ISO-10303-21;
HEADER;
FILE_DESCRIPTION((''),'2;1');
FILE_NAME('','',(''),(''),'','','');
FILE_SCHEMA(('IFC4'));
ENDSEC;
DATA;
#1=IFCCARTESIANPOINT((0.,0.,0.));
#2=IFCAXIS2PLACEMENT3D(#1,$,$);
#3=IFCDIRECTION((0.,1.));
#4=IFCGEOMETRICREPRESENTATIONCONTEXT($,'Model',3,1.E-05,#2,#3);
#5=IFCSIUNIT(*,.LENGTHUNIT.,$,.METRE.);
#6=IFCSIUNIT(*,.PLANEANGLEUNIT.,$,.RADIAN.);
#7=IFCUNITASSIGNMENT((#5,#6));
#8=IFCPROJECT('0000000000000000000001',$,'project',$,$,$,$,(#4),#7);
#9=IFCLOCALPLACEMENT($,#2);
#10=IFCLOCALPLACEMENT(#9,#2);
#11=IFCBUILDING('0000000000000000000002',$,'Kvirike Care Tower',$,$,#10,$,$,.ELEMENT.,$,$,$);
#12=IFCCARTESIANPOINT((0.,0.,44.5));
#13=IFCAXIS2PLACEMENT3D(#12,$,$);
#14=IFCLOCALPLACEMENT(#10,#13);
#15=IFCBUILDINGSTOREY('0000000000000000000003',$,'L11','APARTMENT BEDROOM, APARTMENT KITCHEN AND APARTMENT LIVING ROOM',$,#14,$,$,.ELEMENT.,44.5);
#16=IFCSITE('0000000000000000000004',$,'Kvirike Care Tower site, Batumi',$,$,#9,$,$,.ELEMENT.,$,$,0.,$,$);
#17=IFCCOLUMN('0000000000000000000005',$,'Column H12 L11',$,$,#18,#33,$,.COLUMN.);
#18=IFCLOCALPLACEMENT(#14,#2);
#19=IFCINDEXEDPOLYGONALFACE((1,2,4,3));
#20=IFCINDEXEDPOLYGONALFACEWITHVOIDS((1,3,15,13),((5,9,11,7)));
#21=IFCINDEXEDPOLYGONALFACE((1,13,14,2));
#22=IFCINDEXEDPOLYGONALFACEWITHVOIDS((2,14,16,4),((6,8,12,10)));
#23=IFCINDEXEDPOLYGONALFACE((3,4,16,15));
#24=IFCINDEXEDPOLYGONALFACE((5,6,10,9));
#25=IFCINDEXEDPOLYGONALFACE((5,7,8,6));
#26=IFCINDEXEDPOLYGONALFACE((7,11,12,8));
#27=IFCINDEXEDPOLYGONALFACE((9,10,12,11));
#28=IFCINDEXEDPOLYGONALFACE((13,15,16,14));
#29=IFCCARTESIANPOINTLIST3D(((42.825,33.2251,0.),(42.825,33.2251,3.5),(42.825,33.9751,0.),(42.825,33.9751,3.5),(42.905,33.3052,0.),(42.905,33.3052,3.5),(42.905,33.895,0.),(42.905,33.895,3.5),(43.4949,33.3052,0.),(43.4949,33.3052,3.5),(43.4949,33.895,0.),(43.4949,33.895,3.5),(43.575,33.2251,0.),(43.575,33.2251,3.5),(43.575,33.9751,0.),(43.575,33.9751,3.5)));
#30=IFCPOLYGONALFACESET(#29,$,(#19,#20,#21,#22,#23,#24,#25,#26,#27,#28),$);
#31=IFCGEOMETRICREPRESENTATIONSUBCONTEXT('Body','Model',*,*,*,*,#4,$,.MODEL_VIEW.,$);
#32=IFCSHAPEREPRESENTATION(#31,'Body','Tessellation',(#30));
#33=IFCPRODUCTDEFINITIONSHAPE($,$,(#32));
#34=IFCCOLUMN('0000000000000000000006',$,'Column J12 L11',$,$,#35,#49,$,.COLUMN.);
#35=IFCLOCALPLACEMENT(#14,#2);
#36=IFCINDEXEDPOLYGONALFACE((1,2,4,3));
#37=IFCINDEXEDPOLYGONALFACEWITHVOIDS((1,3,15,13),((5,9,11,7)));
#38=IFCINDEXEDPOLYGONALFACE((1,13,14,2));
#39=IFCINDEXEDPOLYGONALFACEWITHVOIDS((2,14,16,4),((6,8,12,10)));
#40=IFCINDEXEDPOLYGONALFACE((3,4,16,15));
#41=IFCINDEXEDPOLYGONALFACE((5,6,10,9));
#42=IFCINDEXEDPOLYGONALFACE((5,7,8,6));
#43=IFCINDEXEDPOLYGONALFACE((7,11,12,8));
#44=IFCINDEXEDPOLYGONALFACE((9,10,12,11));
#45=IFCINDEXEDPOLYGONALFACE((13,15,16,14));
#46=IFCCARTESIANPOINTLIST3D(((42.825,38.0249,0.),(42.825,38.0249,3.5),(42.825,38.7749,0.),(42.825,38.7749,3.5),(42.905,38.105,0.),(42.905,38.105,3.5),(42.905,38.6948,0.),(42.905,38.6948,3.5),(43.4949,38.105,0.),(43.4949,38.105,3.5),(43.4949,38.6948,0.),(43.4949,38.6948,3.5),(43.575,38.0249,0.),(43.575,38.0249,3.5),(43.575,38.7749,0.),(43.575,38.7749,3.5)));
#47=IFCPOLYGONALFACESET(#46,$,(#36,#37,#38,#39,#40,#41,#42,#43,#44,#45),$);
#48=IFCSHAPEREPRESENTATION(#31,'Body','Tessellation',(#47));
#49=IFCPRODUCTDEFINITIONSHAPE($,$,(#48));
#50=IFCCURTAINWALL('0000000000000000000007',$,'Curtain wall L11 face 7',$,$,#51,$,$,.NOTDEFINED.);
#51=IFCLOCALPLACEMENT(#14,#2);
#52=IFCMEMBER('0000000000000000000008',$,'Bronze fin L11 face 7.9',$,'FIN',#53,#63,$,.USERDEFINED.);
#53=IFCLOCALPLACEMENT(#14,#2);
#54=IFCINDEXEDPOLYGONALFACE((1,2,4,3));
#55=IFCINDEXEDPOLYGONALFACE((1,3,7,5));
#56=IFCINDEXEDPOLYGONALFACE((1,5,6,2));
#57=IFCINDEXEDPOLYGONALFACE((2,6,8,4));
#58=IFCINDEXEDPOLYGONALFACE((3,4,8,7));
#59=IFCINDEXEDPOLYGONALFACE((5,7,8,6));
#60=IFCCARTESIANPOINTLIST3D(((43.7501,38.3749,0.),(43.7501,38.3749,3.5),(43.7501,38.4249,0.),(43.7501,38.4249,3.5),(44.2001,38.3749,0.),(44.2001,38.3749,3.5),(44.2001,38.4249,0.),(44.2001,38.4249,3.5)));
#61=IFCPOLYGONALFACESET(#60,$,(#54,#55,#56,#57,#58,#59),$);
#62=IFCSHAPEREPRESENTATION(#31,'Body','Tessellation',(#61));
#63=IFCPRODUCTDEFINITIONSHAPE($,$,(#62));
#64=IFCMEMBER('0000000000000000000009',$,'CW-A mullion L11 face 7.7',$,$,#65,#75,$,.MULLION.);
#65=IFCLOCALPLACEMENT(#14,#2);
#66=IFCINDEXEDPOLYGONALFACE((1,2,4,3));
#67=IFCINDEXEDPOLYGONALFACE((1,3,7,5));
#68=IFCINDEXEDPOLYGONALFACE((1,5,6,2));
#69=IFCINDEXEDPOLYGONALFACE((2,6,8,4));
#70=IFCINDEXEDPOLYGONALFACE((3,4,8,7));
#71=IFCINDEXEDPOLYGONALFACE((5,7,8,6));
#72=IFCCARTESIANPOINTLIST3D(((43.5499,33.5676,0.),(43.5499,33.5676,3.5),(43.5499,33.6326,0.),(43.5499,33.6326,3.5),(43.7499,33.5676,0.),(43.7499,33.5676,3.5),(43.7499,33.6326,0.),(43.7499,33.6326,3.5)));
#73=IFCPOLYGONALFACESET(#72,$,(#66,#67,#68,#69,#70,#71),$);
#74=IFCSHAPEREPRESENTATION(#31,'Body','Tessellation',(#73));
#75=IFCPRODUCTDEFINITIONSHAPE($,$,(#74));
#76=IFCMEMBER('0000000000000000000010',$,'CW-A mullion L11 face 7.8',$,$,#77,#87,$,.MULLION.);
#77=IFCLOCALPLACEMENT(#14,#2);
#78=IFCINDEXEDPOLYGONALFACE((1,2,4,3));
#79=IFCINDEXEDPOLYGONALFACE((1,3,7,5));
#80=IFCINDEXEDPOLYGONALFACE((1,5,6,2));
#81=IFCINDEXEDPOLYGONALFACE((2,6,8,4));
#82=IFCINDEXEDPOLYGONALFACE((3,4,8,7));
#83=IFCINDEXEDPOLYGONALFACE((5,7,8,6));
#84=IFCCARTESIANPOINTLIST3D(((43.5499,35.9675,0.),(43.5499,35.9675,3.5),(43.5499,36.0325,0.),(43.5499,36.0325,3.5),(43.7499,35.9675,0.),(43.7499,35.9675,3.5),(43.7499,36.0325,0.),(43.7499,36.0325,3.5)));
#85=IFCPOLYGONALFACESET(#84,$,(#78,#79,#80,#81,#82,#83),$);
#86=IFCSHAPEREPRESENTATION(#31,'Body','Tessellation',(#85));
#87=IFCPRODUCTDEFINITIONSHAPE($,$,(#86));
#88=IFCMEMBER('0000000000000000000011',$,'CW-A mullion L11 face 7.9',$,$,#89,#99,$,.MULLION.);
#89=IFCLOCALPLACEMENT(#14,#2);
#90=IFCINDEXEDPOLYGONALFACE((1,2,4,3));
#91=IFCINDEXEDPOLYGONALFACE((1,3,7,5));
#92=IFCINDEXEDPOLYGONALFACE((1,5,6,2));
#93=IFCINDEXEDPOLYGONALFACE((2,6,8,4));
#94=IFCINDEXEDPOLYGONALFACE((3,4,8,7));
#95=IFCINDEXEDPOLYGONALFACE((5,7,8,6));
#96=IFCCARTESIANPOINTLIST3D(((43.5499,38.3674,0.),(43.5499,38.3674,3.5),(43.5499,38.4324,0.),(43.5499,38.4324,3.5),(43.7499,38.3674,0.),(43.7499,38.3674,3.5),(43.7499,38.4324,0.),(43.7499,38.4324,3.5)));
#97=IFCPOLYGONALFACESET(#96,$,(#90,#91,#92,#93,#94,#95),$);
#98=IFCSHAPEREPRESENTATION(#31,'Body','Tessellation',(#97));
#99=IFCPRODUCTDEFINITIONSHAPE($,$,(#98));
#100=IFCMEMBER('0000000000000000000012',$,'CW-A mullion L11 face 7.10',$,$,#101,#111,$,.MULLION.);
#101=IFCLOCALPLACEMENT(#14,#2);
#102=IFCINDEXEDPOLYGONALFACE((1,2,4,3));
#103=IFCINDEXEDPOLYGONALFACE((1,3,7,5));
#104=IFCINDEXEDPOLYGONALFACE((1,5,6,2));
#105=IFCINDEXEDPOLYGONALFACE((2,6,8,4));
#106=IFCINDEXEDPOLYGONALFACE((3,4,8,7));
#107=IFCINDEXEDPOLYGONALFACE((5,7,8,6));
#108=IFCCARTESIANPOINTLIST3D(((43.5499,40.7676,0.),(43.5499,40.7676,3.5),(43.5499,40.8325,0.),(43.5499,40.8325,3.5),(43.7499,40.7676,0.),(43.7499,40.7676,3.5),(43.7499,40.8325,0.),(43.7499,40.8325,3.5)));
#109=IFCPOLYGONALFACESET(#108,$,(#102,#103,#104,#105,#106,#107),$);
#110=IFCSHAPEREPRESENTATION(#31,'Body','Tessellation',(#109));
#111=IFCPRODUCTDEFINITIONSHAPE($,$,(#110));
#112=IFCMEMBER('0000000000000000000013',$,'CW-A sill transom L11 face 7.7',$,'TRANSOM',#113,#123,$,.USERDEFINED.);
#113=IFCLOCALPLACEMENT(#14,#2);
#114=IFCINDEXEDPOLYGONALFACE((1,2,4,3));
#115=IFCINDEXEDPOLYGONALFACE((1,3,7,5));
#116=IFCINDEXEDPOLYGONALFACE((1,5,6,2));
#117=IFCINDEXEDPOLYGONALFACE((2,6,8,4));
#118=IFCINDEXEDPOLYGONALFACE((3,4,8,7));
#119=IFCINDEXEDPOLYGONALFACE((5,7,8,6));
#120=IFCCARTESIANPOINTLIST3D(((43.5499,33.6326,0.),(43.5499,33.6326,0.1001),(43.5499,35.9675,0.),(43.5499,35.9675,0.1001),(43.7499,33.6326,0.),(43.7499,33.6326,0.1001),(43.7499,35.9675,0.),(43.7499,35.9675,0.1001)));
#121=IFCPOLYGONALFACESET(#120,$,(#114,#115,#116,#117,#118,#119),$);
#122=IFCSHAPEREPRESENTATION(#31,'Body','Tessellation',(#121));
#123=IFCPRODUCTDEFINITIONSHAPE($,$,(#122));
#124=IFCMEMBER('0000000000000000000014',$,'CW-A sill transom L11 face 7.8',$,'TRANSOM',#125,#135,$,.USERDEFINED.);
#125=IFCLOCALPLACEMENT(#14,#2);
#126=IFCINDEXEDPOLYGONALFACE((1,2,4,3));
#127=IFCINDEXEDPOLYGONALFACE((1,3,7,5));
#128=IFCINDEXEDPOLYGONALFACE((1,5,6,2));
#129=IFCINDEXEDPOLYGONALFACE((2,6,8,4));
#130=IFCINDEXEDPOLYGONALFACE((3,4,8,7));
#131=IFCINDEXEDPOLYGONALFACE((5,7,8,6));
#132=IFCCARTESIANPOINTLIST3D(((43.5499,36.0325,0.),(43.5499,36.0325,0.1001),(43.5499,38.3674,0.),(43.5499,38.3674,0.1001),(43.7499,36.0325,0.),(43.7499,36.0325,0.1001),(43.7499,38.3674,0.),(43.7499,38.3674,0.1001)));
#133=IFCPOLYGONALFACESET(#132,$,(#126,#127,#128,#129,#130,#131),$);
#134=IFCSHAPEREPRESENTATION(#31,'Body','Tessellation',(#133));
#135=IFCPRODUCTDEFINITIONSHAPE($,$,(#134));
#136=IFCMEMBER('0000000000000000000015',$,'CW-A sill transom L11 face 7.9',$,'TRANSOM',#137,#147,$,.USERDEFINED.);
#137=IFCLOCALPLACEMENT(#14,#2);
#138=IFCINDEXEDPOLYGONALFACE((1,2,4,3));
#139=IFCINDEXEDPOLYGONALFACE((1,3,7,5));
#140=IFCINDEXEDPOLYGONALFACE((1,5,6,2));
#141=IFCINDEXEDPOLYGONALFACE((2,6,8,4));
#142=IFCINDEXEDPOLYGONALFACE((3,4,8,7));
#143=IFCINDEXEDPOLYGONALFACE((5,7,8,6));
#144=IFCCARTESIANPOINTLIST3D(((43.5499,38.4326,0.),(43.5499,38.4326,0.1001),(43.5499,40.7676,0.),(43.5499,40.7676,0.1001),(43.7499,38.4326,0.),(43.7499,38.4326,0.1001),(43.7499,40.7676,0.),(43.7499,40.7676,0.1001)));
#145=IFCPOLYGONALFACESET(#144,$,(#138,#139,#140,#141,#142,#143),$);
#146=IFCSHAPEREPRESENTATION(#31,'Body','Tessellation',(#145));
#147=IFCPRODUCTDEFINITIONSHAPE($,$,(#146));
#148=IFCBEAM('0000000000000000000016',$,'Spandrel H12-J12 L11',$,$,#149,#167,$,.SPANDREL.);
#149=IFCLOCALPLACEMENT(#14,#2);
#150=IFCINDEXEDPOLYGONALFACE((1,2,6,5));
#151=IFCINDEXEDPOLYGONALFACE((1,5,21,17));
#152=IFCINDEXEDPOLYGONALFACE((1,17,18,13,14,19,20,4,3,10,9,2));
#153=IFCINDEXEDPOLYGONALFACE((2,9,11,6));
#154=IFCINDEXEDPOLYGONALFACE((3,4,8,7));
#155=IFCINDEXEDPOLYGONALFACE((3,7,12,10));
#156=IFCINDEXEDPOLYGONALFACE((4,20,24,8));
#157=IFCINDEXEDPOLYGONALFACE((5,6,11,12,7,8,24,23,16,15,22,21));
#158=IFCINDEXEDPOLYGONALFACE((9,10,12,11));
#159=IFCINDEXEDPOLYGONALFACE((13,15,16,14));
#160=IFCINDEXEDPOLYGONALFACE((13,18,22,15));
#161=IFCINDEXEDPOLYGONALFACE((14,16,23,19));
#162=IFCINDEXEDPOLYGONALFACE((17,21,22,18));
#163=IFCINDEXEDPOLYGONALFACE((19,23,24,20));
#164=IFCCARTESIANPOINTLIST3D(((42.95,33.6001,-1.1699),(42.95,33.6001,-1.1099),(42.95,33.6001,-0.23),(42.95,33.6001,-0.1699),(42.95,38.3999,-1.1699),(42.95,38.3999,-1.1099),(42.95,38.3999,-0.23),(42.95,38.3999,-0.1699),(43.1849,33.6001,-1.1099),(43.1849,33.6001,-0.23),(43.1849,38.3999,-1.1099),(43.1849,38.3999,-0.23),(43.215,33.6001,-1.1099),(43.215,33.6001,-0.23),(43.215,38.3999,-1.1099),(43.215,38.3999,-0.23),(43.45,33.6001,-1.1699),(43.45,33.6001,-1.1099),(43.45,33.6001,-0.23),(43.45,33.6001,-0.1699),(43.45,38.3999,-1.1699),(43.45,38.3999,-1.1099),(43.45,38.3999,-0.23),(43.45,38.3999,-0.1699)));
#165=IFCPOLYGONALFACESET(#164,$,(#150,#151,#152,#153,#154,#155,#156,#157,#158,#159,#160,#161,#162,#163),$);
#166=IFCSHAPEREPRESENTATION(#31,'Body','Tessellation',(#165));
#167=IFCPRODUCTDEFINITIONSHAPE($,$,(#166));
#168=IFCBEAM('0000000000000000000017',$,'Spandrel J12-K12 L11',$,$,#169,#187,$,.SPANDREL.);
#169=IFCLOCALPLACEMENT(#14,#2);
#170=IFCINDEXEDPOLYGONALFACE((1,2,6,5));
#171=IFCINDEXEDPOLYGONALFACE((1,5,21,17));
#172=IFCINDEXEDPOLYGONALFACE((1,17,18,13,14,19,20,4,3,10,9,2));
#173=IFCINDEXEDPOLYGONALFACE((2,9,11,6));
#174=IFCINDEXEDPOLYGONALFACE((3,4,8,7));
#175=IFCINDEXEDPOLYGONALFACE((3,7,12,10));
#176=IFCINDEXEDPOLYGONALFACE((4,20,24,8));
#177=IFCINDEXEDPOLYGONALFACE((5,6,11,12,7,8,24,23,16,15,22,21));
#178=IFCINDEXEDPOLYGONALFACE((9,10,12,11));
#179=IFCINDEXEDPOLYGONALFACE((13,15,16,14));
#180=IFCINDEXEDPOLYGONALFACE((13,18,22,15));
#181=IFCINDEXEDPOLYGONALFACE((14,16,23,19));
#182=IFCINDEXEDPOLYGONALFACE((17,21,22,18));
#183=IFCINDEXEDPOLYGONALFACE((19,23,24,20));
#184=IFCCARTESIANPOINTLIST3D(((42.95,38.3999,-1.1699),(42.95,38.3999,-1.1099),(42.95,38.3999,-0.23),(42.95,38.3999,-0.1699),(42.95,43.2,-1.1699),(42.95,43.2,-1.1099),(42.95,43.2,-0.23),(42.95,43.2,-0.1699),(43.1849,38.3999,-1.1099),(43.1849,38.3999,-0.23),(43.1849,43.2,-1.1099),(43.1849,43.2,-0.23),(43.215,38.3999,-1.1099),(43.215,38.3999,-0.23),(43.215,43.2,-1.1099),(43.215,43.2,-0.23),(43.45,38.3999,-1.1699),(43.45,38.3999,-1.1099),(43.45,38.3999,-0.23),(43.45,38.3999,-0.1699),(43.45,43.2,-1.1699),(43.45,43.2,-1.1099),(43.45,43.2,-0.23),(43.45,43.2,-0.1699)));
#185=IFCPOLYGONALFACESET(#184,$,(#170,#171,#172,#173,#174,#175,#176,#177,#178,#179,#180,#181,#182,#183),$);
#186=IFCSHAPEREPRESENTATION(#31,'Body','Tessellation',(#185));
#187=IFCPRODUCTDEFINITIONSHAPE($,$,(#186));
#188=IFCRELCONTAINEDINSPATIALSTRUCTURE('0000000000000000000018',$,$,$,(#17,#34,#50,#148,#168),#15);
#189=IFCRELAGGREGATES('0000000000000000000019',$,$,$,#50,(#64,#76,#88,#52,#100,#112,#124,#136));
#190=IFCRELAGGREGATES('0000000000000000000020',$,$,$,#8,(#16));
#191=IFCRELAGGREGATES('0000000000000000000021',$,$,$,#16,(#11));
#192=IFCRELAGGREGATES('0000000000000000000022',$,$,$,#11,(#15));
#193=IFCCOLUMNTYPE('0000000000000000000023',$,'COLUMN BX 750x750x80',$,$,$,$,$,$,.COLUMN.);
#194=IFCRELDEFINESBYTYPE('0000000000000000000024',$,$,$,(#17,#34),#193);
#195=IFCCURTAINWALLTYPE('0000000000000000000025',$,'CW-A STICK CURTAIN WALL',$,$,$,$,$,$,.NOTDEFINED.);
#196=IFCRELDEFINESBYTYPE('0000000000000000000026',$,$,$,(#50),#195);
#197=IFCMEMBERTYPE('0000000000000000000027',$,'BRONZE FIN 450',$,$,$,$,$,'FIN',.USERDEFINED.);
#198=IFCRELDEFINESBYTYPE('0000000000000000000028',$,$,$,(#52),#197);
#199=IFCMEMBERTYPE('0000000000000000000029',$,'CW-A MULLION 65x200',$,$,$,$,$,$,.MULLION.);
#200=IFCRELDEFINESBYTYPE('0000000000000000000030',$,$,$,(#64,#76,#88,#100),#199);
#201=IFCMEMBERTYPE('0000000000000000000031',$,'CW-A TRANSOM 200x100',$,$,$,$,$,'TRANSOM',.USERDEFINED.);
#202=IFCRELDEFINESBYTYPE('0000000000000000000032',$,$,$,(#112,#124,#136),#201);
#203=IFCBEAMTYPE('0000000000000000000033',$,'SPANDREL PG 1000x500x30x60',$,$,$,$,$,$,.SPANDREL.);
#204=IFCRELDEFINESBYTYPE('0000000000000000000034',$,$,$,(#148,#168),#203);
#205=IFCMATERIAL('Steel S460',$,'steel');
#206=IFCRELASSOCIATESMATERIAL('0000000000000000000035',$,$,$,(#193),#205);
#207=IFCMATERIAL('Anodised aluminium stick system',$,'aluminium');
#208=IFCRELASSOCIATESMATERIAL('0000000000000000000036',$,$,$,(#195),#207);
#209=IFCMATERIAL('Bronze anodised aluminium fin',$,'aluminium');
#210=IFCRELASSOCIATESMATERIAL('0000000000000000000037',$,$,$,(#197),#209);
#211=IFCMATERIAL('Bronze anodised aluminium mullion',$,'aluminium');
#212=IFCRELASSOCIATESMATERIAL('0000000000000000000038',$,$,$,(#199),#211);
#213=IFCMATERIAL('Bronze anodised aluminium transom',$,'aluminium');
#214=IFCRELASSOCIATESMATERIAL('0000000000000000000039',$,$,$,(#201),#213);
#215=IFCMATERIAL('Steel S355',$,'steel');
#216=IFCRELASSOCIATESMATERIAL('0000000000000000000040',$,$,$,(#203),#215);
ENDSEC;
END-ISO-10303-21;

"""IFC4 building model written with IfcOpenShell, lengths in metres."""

from ifc_helpers import new_model, si_unit, direction, frame, origin, origin_2d, place, context, subcontext, project, spatial, rectangle, hollow_rectangle, i_section, extrude, material, material_profile, profile_set, type_object, element, aggregate, save


model = new_model("IFC4")

# Units and contexts
model_context = context("Model", 3, precision=1e-05, world=origin(), true_north=direction((0.0, 1.0)))
body_context = subcontext(model_context, "Body", "Model", "MODEL_VIEW")
ifc_project = project(units=[si_unit("LENGTHUNIT", "METRE"), si_unit("PLANEANGLEUNIT", "RADIAN")], contexts=[model_context])

# Site, building, storey
site_placement = place(None, origin())
site = spatial("IfcSite", under=ifc_project, at=site_placement, Name="Kvirike Care Tower site, Batumi", CompositionType="ELEMENT", RefElevation=0.0)
building_placement = place(site_placement, origin())
building = spatial("IfcBuilding", under=site, at=building_placement, Name="Kvirike Care Tower", CompositionType="ELEMENT")
storey_placement = place(building_placement, frame((0.0, 0.0, 44.5)))
storey = spatial("IfcBuildingStorey", under=building, at=storey_placement, Name="L11", Description="APARTMENT BEDROOM, APARTMENT KITCHEN AND APARTMENT LIVING ROOM", CompositionType="ELEMENT", Elevation=44.5)

# Columns
ifc_material_1 = material(Name="Steel S460", Category="steel")
ifc_material_profile_1 = material_profile(ifc_material_1, hollow_rectangle(XDim=0.75, YDim=0.75, WallThickness=0.0801, at=origin_2d()), Name="BX 750x750x80")
ifc_profile_set_1 = profile_set([ifc_material_profile_1], Name="Steel S460")
column_type = type_object("IfcColumnType", Name="COLUMN BX 750x750x80", PredefinedType="COLUMN", material=ifc_profile_set_1)
for number, where, z_axis, x_axis, name in (
    (1, (43.2, 33.6001, 0.0), (0.0, 0.0, 1.0), (1.0, 0.0, 0.0), "Column H12 L11"),
    (2, (43.2, 38.3999, 0.0), (0.0, 0.0, 1.0), (1.0, 0.0, 0.0), "Column J12 L11"),
):
    element("IfcColumn", number, at=place(storey_placement, frame(where, z_axis=z_axis, x_axis=x_axis)), inside=storey, type_object=column_type, Name=name, PredefinedType="COLUMN", context=body_context, shape_type="SweptSolid", body=[
        extrude(hollow_rectangle(XDim=0.75, YDim=0.75, WallThickness=0.0801, at=origin_2d()), origin(), (0.0, 0.0, 1.0), 3.5),
    ])

# Curtain wall, members
ifc_material_2 = material(Name="Anodised aluminium stick system", Category="aluminium")
curtain_wall_type = type_object("IfcCurtainWallType", Name="CW-A STICK CURTAIN WALL", PredefinedType="NOTDEFINED", material=ifc_material_2)
curtain_wall_placement = place(storey_placement, origin())
curtain_wall = element("IfcCurtainWall", 3, at=curtain_wall_placement, inside=storey, type_object=curtain_wall_type, Name="Curtain wall L11 face 7", PredefinedType="NOTDEFINED")
ifc_material_3 = material(Name="Bronze anodised aluminium fin", Category="aluminium")
ifc_material_profile_2 = material_profile(ifc_material_3, rectangle(XDim=0.05, YDim=0.45, at=origin_2d()), Name="BRONZE FIN 450")
ifc_profile_set_2 = profile_set([ifc_material_profile_2], Name="Bronze anodised aluminium fin")
member_type_1 = type_object("IfcMemberType", Name="BRONZE FIN 450", ElementType="FIN", PredefinedType="USERDEFINED", material=ifc_profile_set_2)
member_1_placement = place(storey_placement, frame((43.9751, 38.3999, 0.0), z_axis=(0.0, 0.0, 1.0), x_axis=(0.0, 1.0, 0.0)))
member_1 = element("IfcMember", 4, at=member_1_placement, type_object=member_type_1, Name="Bronze fin L11 face 7.9", ObjectType="FIN", PredefinedType="USERDEFINED", context=body_context, shape_type="SweptSolid", body=[
    extrude(rectangle(XDim=0.05, YDim=0.45, at=origin_2d()), origin(), (0.0, 0.0, 1.0), 3.5),
])
ifc_material_4 = material(Name="Bronze anodised aluminium mullion", Category="aluminium")
ifc_material_profile_3 = material_profile(ifc_material_4, rectangle(XDim=0.0649, YDim=0.2, at=origin_2d()), Name="CW-A MULLION 65x200")
ifc_profile_set_3 = profile_set([ifc_material_profile_3], Name="Bronze anodised aluminium mullion")
member_type_2 = type_object("IfcMemberType", Name="CW-A MULLION 65x200", PredefinedType="MULLION", material=ifc_profile_set_3)
member_2_placement = place(storey_placement, frame((43.6499, 33.6001, 0.0), z_axis=(0.0, 0.0, 1.0), x_axis=(0.0, 1.0, 0.0)))
member_2 = element("IfcMember", 5, at=member_2_placement, type_object=member_type_2, Name="CW-A mullion L11 face 7.7", PredefinedType="MULLION", context=body_context, shape_type="SweptSolid", body=[
    extrude(rectangle(XDim=0.0649, YDim=0.2, at=origin_2d()), origin(), (0.0, 0.0, 1.0), 3.5),
])
member_3_placement = place(storey_placement, frame((43.6499, 36.0, 0.0), z_axis=(0.0, 0.0, 1.0), x_axis=(0.0, 1.0, 0.0)))
member_3 = element("IfcMember", 6, at=member_3_placement, type_object=member_type_2, Name="CW-A mullion L11 face 7.8", PredefinedType="MULLION", context=body_context, shape_type="SweptSolid", body=[
    extrude(rectangle(XDim=0.0649, YDim=0.2, at=origin_2d()), origin(), (0.0, 0.0, 1.0), 3.5),
])
member_4_placement = place(storey_placement, frame((43.6499, 38.3999, 0.0), z_axis=(0.0, 0.0, 1.0), x_axis=(0.0, 1.0, 0.0)))
member_4 = element("IfcMember", 7, at=member_4_placement, type_object=member_type_2, Name="CW-A mullion L11 face 7.9", PredefinedType="MULLION", context=body_context, shape_type="SweptSolid", body=[
    extrude(rectangle(XDim=0.0649, YDim=0.2, at=origin_2d()), origin(), (0.0, 0.0, 1.0), 3.5),
])
member_5_placement = place(storey_placement, frame((43.6499, 40.8, 0.0), z_axis=(0.0, 0.0, 1.0), x_axis=(0.0, 1.0, 0.0)))
member_5 = element("IfcMember", 8, at=member_5_placement, type_object=member_type_2, Name="CW-A mullion L11 face 7.10", PredefinedType="MULLION", context=body_context, shape_type="SweptSolid", body=[
    extrude(rectangle(XDim=0.0649, YDim=0.2, at=origin_2d()), origin(), (0.0, 0.0, 1.0), 3.5),
])
ifc_material_5 = material(Name="Bronze anodised aluminium transom", Category="aluminium")
ifc_material_profile_4 = material_profile(ifc_material_5, rectangle(XDim=0.2, YDim=0.1001, at=origin_2d()), Name="CW-A TRANSOM 200x100")
ifc_profile_set_4 = profile_set([ifc_material_profile_4], Name="Bronze anodised aluminium transom")
member_type_3 = type_object("IfcMemberType", Name="CW-A TRANSOM 200x100", ElementType="TRANSOM", PredefinedType="USERDEFINED", material=ifc_profile_set_4)
member_6_placement = place(storey_placement, frame((43.6499, 33.6326, 0.05), z_axis=(0.0, 1.0, 0.0), x_axis=(-1.0, 0.0, 0.0)))
member_6 = element("IfcMember", 9, at=member_6_placement, type_object=member_type_3, Name="CW-A sill transom L11 face 7.7", ObjectType="TRANSOM", PredefinedType="USERDEFINED", context=body_context, shape_type="SweptSolid", body=[
    extrude(rectangle(XDim=0.2, YDim=0.1001, at=origin_2d()), origin(), (0.0, 0.0, 1.0), 2.335),
])
member_7_placement = place(storey_placement, frame((43.6499, 36.0325, 0.05), z_axis=(0.0, 1.0, 0.0), x_axis=(-1.0, 0.0, 0.0)))
member_7 = element("IfcMember", 10, at=member_7_placement, type_object=member_type_3, Name="CW-A sill transom L11 face 7.8", ObjectType="TRANSOM", PredefinedType="USERDEFINED", context=body_context, shape_type="SweptSolid", body=[
    extrude(rectangle(XDim=0.2, YDim=0.1001, at=origin_2d()), origin(), (0.0, 0.0, 1.0), 2.335),
])
member_8_placement = place(storey_placement, frame((43.6499, 38.4326, 0.05), z_axis=(0.0, 1.0, 0.0), x_axis=(-1.0, 0.0, 0.0)))
member_8 = element("IfcMember", 11, at=member_8_placement, type_object=member_type_3, Name="CW-A sill transom L11 face 7.9", ObjectType="TRANSOM", PredefinedType="USERDEFINED", context=body_context, shape_type="SweptSolid", body=[
    extrude(rectangle(XDim=0.2, YDim=0.1001, at=origin_2d()), origin(), (0.0, 0.0, 1.0), 2.335),
])

# Beams
ifc_material_6 = material(Name="Steel S355", Category="steel")
ifc_material_profile_5 = material_profile(ifc_material_6, i_section(OverallWidth=0.5, OverallDepth=1.0, WebThickness=0.03, FlangeThickness=0.0601, at=origin_2d()), Name="PG 1000x500x30x60")
ifc_profile_set_5 = profile_set([ifc_material_profile_5], Name="Steel S355")
beam_type = type_object("IfcBeamType", Name="SPANDREL PG 1000x500x30x60", PredefinedType="SPANDREL", material=ifc_profile_set_5)
beam_1_placement = place(storey_placement, frame((43.2, 33.6001, -0.6699), z_axis=(0.0, 1.0, 0.0), x_axis=(-1.0, 0.0, 0.0)))
element("IfcBeam", 12, at=beam_1_placement, inside=storey, type_object=beam_type, Name="Spandrel H12-J12 L11", PredefinedType="SPANDREL", context=body_context, shape_type="SweptSolid", body=[
    extrude(i_section(OverallWidth=0.5, OverallDepth=1.0, WebThickness=0.03, FlangeThickness=0.0601, at=origin_2d()), origin(), (0.0, 0.0, 1.0), 4.7998),
])
beam_2_placement = place(storey_placement, frame((43.2, 38.3999, -0.6699), z_axis=(0.0, 1.0, 0.0), x_axis=(-1.0, 0.0, 0.0)))
element("IfcBeam", 13, at=beam_2_placement, inside=storey, type_object=beam_type, Name="Spandrel J12-K12 L11", PredefinedType="SPANDREL", context=body_context, shape_type="SweptSolid", body=[
    extrude(i_section(OverallWidth=0.5, OverallDepth=1.0, WebThickness=0.03, FlangeThickness=0.0601, at=origin_2d()), origin(), (0.0, 0.0, 1.0), 4.8),
])

aggregate(curtain_wall, [member_2, member_3, member_4, member_1, member_5, member_6, member_7, member_8])

save(model, "model.ifc")
